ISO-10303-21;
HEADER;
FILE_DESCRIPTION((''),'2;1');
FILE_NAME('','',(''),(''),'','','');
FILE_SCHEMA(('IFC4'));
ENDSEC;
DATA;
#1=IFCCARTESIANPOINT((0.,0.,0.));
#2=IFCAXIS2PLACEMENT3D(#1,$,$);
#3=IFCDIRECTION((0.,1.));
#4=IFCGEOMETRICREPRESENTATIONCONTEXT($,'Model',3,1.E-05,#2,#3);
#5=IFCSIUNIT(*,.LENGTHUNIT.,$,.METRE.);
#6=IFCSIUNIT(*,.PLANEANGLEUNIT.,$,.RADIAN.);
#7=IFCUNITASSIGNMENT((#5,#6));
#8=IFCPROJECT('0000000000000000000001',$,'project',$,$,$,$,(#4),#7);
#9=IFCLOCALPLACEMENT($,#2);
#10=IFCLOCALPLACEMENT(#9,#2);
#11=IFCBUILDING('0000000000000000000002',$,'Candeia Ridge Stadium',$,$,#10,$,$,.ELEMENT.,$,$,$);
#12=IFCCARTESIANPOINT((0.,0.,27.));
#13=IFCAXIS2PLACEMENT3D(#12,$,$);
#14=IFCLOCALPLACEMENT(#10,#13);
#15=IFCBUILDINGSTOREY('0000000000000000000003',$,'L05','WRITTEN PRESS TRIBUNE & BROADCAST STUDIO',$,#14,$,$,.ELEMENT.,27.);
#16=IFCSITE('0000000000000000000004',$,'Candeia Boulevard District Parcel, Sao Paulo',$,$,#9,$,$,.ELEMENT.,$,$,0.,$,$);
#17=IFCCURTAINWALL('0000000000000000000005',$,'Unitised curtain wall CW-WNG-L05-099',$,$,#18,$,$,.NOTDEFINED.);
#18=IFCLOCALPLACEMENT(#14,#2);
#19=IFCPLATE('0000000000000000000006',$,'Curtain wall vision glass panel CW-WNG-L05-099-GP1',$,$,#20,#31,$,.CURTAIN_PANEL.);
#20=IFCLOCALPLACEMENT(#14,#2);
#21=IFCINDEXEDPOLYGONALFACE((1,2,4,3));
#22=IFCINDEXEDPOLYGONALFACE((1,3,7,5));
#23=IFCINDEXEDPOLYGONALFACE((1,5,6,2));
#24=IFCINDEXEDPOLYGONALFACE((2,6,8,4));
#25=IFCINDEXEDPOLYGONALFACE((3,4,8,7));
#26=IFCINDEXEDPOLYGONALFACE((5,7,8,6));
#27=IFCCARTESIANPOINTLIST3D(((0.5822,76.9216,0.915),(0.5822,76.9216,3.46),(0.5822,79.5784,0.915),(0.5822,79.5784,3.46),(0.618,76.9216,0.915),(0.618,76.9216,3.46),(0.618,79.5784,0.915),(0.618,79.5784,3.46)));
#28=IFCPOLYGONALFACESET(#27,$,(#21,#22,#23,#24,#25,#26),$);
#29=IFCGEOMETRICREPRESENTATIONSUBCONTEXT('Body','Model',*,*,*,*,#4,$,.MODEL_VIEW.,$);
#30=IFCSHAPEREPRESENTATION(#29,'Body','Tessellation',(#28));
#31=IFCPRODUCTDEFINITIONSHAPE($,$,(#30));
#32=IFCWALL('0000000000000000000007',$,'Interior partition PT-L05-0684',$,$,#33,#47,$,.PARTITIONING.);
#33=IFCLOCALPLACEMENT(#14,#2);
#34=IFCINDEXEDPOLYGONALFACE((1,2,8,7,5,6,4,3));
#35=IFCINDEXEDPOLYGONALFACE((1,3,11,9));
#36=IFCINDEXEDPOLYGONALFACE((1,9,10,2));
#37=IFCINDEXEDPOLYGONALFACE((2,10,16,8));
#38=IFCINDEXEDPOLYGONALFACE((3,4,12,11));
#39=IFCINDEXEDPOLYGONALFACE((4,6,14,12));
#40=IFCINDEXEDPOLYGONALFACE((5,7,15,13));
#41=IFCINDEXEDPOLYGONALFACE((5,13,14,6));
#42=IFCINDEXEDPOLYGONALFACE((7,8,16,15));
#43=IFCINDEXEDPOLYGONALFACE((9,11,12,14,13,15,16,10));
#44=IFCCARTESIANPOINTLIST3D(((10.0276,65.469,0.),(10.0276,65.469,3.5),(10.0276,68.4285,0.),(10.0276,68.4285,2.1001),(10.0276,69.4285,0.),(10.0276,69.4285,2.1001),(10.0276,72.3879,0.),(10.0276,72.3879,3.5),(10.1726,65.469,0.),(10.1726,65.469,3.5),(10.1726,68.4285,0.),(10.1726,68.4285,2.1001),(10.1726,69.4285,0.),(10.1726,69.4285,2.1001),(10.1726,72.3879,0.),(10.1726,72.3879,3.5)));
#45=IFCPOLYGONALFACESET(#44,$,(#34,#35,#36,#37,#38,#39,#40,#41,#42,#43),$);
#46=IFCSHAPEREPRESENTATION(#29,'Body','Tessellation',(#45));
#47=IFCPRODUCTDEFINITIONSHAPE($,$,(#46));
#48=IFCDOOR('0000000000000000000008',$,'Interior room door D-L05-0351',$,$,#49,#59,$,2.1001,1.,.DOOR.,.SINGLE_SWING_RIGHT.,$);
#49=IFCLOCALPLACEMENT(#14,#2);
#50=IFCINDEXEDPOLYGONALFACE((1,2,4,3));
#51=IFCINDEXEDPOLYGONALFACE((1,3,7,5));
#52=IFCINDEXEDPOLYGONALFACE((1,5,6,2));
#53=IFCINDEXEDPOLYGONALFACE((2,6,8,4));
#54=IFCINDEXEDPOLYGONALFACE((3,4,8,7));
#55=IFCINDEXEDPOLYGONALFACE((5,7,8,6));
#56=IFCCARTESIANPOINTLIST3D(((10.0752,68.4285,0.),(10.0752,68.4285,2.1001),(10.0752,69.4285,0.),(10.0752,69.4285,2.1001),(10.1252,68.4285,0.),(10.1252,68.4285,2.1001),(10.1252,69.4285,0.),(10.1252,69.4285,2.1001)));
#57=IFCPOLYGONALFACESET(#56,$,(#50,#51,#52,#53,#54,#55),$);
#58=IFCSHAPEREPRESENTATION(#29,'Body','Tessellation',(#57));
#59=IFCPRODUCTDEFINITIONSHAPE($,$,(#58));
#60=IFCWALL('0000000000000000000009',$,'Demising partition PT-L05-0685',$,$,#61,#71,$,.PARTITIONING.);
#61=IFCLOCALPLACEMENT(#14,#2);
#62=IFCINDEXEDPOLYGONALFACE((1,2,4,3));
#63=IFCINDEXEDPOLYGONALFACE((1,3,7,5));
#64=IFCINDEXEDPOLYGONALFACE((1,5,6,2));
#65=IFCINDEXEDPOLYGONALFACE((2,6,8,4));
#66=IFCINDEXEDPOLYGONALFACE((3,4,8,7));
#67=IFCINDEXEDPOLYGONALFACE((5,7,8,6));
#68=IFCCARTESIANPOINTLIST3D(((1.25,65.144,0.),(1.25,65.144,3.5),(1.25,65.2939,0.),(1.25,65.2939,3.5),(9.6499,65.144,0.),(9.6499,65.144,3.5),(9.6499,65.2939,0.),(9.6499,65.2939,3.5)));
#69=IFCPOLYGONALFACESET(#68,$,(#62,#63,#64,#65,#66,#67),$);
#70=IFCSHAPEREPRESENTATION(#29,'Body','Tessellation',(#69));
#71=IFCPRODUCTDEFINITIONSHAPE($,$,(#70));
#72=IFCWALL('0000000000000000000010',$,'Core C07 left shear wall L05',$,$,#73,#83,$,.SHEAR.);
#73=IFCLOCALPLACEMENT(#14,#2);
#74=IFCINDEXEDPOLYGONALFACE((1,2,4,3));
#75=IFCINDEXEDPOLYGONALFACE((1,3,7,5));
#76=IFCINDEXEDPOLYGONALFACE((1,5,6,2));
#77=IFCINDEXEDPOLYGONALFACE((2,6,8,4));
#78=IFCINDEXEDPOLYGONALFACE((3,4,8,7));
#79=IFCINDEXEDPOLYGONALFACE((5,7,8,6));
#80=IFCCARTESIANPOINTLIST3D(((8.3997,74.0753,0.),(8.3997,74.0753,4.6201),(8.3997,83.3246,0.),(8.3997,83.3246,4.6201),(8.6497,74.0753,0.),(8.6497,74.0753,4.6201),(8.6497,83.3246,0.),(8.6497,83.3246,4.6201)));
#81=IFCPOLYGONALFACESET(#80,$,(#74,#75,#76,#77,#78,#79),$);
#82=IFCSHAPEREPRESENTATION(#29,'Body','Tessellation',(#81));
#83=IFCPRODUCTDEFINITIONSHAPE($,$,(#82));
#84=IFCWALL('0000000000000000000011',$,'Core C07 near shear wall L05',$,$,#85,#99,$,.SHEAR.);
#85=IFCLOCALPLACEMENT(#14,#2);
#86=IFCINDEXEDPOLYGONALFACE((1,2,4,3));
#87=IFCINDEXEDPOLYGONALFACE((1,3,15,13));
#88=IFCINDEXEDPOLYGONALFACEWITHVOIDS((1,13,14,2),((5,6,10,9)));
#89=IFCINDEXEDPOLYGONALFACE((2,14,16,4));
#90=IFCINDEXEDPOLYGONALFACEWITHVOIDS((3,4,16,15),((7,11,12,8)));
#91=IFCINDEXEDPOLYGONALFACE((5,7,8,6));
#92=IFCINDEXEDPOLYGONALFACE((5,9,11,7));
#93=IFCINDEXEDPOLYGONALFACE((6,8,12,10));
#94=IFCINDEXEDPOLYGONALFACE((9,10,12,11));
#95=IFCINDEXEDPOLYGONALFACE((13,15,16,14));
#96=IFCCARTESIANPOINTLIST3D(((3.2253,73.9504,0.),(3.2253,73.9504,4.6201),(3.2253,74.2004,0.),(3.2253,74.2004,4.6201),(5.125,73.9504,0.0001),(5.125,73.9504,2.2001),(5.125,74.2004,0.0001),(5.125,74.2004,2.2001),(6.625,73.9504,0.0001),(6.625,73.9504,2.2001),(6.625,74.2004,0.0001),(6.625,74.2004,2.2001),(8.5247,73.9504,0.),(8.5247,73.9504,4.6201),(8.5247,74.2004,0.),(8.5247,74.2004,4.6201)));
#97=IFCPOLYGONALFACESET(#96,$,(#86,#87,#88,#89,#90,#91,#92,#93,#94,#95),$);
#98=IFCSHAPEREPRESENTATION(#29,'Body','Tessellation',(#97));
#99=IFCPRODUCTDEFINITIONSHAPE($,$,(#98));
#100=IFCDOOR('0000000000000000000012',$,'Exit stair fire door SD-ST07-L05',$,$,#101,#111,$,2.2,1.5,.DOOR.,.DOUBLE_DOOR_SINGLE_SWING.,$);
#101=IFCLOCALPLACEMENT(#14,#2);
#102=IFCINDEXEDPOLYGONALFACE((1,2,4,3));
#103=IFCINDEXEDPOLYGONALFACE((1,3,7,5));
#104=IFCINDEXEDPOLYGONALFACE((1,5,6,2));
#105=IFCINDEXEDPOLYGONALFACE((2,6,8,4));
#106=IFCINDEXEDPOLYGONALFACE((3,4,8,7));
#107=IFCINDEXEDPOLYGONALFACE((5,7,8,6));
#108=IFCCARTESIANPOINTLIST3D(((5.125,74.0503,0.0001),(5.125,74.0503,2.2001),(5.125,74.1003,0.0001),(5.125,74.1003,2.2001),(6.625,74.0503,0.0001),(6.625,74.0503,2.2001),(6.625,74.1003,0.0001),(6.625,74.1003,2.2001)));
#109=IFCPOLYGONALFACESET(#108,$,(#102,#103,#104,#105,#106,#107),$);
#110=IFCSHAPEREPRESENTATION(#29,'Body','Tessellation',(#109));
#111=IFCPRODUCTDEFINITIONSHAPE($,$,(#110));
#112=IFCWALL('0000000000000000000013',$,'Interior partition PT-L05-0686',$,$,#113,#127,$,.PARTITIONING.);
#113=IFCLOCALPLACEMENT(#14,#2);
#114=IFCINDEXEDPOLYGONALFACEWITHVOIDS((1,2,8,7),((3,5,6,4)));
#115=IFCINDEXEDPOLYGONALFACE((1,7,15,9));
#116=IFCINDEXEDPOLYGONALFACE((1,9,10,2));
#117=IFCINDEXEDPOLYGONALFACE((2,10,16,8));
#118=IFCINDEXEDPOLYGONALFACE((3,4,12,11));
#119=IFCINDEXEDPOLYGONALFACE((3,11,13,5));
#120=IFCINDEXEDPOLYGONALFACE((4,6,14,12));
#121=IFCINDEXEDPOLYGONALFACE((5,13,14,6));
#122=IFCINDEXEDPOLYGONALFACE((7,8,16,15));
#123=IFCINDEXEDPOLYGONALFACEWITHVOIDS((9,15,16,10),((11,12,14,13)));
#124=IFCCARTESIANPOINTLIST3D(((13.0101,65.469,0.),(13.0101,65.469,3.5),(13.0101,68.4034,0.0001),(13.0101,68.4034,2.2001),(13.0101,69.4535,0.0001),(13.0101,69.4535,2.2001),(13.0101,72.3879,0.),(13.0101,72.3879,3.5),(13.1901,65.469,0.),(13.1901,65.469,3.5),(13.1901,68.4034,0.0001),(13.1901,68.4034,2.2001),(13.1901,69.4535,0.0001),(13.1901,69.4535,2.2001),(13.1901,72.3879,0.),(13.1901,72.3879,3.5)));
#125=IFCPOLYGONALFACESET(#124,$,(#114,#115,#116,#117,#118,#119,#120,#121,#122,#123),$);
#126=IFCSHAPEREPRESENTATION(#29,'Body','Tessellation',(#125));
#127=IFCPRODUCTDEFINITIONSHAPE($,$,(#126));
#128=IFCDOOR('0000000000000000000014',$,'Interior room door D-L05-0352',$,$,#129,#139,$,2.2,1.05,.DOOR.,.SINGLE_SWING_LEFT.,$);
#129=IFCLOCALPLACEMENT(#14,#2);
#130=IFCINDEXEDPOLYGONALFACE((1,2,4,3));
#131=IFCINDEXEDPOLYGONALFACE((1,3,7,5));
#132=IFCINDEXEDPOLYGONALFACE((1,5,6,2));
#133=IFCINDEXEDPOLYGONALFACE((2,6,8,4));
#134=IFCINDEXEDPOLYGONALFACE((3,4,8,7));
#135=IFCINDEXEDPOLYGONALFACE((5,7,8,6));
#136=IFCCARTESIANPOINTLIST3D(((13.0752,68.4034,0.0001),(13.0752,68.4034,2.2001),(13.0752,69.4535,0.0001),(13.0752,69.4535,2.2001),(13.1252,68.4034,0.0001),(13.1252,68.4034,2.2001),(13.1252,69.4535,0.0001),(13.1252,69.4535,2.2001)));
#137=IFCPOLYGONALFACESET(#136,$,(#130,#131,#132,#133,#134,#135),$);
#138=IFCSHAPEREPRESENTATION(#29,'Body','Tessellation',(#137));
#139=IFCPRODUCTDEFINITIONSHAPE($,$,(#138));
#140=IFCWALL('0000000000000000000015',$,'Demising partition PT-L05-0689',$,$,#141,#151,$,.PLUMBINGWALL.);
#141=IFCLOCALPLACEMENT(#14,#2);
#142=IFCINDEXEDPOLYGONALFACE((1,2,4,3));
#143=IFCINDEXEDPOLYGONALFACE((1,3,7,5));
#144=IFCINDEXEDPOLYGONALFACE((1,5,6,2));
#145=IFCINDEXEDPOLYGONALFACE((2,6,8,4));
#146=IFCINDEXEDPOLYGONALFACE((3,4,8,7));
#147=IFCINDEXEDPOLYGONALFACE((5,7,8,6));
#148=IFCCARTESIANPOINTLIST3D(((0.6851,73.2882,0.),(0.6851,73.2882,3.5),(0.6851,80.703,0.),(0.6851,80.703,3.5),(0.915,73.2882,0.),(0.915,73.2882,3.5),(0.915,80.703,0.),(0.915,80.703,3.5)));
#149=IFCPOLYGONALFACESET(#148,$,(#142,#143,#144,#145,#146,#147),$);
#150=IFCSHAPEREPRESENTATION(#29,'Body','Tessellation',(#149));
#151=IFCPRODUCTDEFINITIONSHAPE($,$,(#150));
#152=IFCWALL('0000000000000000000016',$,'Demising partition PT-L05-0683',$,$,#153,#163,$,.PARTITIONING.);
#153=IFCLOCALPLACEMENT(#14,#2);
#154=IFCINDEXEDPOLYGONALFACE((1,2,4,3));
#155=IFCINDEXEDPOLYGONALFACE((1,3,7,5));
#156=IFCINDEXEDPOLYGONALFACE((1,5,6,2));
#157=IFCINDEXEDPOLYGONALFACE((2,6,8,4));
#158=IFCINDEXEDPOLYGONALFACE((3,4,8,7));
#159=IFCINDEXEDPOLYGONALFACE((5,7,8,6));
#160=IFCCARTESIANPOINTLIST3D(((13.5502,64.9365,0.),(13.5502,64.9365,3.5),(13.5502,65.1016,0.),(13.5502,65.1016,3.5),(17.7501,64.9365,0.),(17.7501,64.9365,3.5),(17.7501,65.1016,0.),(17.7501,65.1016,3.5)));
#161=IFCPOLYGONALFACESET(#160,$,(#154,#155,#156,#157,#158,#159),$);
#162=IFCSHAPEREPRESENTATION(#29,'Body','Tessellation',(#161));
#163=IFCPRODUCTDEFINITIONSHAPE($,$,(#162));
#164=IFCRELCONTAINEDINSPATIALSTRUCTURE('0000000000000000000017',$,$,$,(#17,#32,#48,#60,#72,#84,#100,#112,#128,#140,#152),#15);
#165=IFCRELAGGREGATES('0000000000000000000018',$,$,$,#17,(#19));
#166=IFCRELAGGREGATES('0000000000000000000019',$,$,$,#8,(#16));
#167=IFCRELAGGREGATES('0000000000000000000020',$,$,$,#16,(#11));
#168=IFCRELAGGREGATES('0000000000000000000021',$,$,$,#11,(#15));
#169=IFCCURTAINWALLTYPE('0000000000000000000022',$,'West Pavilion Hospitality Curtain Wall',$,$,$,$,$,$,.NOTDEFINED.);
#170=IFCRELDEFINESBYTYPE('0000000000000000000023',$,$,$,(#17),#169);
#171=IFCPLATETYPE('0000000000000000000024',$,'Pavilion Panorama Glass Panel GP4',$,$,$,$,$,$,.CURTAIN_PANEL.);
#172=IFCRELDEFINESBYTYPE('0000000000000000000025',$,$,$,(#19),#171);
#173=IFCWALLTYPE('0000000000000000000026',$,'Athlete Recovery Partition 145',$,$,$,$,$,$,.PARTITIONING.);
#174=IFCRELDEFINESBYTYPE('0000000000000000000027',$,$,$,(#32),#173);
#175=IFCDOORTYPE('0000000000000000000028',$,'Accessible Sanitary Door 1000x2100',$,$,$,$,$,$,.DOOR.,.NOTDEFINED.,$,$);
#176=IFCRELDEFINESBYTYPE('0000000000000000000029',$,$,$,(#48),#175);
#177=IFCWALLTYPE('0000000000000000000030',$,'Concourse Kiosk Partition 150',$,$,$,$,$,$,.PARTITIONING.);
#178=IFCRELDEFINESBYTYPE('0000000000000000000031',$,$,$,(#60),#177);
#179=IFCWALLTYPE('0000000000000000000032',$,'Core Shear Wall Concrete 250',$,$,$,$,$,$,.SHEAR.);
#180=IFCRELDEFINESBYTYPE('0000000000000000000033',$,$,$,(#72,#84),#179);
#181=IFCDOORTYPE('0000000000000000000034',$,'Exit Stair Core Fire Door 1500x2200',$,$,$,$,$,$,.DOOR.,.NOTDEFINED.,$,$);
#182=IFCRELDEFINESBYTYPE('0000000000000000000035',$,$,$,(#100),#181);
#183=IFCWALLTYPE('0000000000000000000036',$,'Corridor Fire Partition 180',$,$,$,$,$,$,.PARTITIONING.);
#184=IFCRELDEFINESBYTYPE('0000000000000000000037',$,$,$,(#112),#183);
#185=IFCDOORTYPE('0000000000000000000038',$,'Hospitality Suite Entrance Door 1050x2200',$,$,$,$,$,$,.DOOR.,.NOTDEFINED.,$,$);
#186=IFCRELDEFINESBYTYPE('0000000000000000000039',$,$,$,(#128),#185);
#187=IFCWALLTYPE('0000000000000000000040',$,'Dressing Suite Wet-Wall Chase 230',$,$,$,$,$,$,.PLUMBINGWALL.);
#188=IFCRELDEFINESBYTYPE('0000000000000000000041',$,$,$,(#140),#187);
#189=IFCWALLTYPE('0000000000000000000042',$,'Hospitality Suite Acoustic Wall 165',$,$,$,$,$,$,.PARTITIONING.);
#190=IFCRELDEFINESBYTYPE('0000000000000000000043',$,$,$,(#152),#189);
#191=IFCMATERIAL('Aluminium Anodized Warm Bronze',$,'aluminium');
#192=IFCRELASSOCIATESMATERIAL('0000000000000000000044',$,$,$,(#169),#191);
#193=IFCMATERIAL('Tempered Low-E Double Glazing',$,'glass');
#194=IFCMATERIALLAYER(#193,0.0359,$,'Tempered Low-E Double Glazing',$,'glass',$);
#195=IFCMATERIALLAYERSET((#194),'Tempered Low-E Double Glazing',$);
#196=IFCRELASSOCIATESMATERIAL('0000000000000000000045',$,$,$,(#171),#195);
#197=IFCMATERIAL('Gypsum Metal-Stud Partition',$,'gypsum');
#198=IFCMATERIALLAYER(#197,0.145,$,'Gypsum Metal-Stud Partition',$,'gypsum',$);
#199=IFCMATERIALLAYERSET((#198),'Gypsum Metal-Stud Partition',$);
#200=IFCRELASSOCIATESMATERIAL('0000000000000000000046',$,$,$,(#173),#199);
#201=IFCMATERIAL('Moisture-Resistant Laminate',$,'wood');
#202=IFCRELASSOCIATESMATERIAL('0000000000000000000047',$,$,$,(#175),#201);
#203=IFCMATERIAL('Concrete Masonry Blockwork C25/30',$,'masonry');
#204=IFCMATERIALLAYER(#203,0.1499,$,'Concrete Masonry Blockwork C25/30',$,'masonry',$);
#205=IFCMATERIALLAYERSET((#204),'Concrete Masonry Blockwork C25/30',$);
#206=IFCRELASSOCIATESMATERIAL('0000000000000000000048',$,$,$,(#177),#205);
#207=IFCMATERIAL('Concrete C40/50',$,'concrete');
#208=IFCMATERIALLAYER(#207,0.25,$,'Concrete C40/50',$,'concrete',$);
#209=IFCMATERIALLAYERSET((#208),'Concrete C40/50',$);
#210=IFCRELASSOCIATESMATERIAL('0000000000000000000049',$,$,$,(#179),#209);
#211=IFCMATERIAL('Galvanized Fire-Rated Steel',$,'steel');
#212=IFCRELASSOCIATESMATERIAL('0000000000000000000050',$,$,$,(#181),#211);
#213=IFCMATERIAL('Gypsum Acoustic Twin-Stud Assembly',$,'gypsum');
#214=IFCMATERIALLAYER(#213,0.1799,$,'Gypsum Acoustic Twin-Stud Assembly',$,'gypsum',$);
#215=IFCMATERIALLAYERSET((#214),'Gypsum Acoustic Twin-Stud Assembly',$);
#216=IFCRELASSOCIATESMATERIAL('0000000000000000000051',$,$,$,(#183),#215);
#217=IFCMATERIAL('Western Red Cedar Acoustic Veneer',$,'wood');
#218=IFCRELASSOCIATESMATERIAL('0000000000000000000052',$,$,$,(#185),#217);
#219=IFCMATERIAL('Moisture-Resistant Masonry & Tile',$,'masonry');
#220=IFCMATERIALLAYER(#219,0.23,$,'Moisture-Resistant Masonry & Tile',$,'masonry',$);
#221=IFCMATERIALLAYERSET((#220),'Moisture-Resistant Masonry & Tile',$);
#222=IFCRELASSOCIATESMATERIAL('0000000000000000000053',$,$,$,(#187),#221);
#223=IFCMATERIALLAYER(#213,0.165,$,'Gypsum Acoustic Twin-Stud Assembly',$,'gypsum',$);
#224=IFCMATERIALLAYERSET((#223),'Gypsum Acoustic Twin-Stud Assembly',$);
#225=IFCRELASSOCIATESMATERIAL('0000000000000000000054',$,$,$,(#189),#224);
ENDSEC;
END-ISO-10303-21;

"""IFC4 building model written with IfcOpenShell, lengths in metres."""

from ifc_helpers import new_model, si_unit, direction, frame, frame_2d, origin, origin_2d, place, context, subcontext, project, spatial, rectangle, extrude, material, layer, layer_set, type_object, element, fill, aggregate, save


model = new_model("IFC4")

# Units and contexts
model_context = context("Model", 3, precision=1e-05, world=origin(), true_north=direction((0.0, 1.0)))
body_context = subcontext(model_context, "Body", "Model", "MODEL_VIEW")
ifc_project = project(units=[si_unit("LENGTHUNIT", "METRE"), si_unit("PLANEANGLEUNIT", "RADIAN")], contexts=[model_context])

# Site, building, storey
site_placement = place(None, origin())
site = spatial("IfcSite", under=ifc_project, at=site_placement, Name="Candeia Boulevard District Parcel, Sao Paulo", CompositionType="ELEMENT", RefElevation=0.0)
building_placement = place(site_placement, origin())
building = spatial("IfcBuilding", under=site, at=building_placement, Name="Candeia Ridge Stadium", CompositionType="ELEMENT")
storey_placement = place(building_placement, frame((0.0, 0.0, 27.0)))
storey = spatial("IfcBuildingStorey", under=building, at=storey_placement, Name="L05", Description="WRITTEN PRESS TRIBUNE & BROADCAST STUDIO", CompositionType="ELEMENT", Elevation=27.0)

# Shared definitions
ifc_material_1 = material(Name="Concrete C40/50", Category="concrete")

# Curtain wall
ifc_material_2 = material(Name="Aluminium Anodized Warm Bronze", Category="aluminium")
curtain_wall_type = type_object("IfcCurtainWallType", Name="West Pavilion Hospitality Curtain Wall", PredefinedType="NOTDEFINED", material=ifc_material_2)
curtain_wall_placement = place(storey_placement, origin())
curtain_wall = element("IfcCurtainWall", 1, at=curtain_wall_placement, inside=storey, type_object=curtain_wall_type, Name="Unitised curtain wall CW-WNG-L05-099", PredefinedType="NOTDEFINED")

# Plate
ifc_material_3 = material(Name="Tempered Low-E Double Glazing", Category="glass")
ifc_layer_1 = layer(ifc_material_3, 0.0359, Name="Tempered Low-E Double Glazing", Category="glass")
ifc_layer_set_1 = layer_set([ifc_layer_1], Name="Tempered Low-E Double Glazing")
plate_type_1 = type_object("IfcPlateType", Name="Pavilion Panorama Glass Panel GP4", PredefinedType="CURTAIN_PANEL", material=ifc_layer_set_1)
plate_1_placement = place(storey_placement, frame((0.6001, 78.25, 0.915), z_axis=(0.0, 0.0, 1.0), x_axis=(0.0, 1.0, 0.0)))
plate_1 = element("IfcPlate", 2, at=plate_1_placement, type_object=plate_type_1, Name="Curtain wall vision glass panel CW-WNG-L05-099-GP1", PredefinedType="CURTAIN_PANEL", context=body_context, shape_type="SweptSolid", body=[
    extrude(rectangle(XDim=2.6567, YDim=0.0359, at=origin_2d()), origin(), (0.0, 0.0, 1.0), 2.5449),
])
aggregate(curtain_wall, [plate_1])

# Wall, opening, door
ifc_material_4 = material(Name="Gypsum Metal-Stud Partition", Category="gypsum")
ifc_layer_2 = layer(ifc_material_4, 0.145, Name="Gypsum Metal-Stud Partition", Category="gypsum")
ifc_layer_set_2 = layer_set([ifc_layer_2], Name="Gypsum Metal-Stud Partition")
wall_type_1 = type_object("IfcWallType", Name="Athlete Recovery Partition 145", PredefinedType="PARTITIONING", material=ifc_layer_set_2)
wall_1_placement = place(storey_placement, frame((10.1001, 72.3879, 0.0), z_axis=(0.0, 0.0, 1.0), x_axis=(0.0, -1.0, 0.0)))
wall_1 = element("IfcWall", 3, at=wall_1_placement, inside=storey, type_object=wall_type_1, Name="Interior partition PT-L05-0684", PredefinedType="PARTITIONING", context=body_context, shape_type="SweptSolid", body=[
    extrude(rectangle(XDim=6.9189, YDim=0.145, at=frame_2d((3.4595, 0.0))), origin(), (0.0, 0.0, 1.0), 3.5),
])
opening_1_placement = place(wall_1_placement, frame((2.9595, 0.0, 0.0)))
opening_1 = element("IfcOpeningElement", 4, at=opening_1_placement, cuts=wall_1, PredefinedType="OPENING", context=body_context, shape_type="SweptSolid", body=[
    extrude(rectangle(XDim=1.0, YDim=2.1001, at=frame_2d((0.5, 1.05))), frame((0.0, 0.0825, 0.0), z_axis=(0.0, -1.0, 0.0), x_axis=(1.0, 0.0, 0.0)), (0.0, 0.0, 1.0), 0.165),
])
ifc_material_5 = material(Name="Moisture-Resistant Laminate", Category="wood")
door_type_1 = type_object("IfcDoorType", Name="Accessible Sanitary Door 1000x2100", OperationType="NOTDEFINED", PredefinedType="DOOR", material=ifc_material_5)
door_1_placement = place(opening_1_placement, frame((1.0, 0.0, 0.0), z_axis=(0.0, 0.0, 1.0), x_axis=(-1.0, 0.0, 0.0)))
door_1 = element("IfcDoor", 5, at=door_1_placement, inside=storey, type_object=door_type_1, Name="Interior room door D-L05-0351", OperationType="SINGLE_SWING_RIGHT", OverallHeight=2.1001, OverallWidth=1.0, PredefinedType="DOOR", context=body_context, shape_type="SweptSolid", body=[
    extrude(rectangle(XDim=1.0, YDim=2.1001, at=frame_2d((0.5, 1.05))), frame((0.0, 0.0249, 0.0), z_axis=(0.0, -1.0, 0.0), x_axis=(1.0, 0.0, 0.0)), (0.0, 0.0, 1.0), 0.05),
])
fill(opening_1, door_1)

# Walls
ifc_material_6 = material(Name="Concrete Masonry Blockwork C25/30", Category="masonry")
ifc_layer_3 = layer(ifc_material_6, 0.1499, Name="Concrete Masonry Blockwork C25/30", Category="masonry")
ifc_layer_set_3 = layer_set([ifc_layer_3], Name="Concrete Masonry Blockwork C25/30")
wall_type_2 = type_object("IfcWallType", Name="Concourse Kiosk Partition 150", PredefinedType="PARTITIONING", material=ifc_layer_set_3)
wall_2_placement = place(storey_placement, frame((9.6499, 65.219, 0.0), z_axis=(0.0, 0.0, 1.0), x_axis=(-1.0, 0.0, 0.0)))
element("IfcWall", 6, at=wall_2_placement, inside=storey, type_object=wall_type_2, Name="Demising partition PT-L05-0685", PredefinedType="PARTITIONING", context=body_context, shape_type="SweptSolid", body=[
    extrude(rectangle(XDim=8.3999, YDim=0.1499, at=frame_2d((4.2, 0.0))), origin(), (0.0, 0.0, 1.0), 3.5),
])
ifc_layer_4 = layer(ifc_material_1, 0.25, Name="Concrete C40/50", Category="concrete")
ifc_layer_set_4 = layer_set([ifc_layer_4], Name="Concrete C40/50")
wall_type_3 = type_object("IfcWallType", Name="Core Shear Wall Concrete 250", PredefinedType="SHEAR", material=ifc_layer_set_4)
wall_3_placement = place(storey_placement, frame((8.5247, 74.0754, 0.0), z_axis=(0.0, 0.0, 1.0), x_axis=(0.0, 1.0, 0.0)))
element("IfcWall", 7, at=wall_3_placement, inside=storey, type_object=wall_type_3, Name="Core C07 left shear wall L05", PredefinedType="SHEAR", context=body_context, shape_type="SweptSolid", body=[
    extrude(rectangle(XDim=9.2493, YDim=0.25, at=frame_2d((4.6245, 0.0))), origin(), (0.0, 0.0, 1.0), 4.6201),
])

# Walls, openings, doors
wall_4_placement = place(storey_placement, frame((3.2253, 74.0754, 0.0), z_axis=(0.0, 0.0, 1.0), x_axis=(1.0, 0.0, 0.0)))
wall_4 = element("IfcWall", 8, at=wall_4_placement, inside=storey, type_object=wall_type_3, Name="Core C07 near shear wall L05", PredefinedType="SHEAR", context=body_context, shape_type="SweptSolid", body=[
    extrude(rectangle(XDim=5.2993, YDim=0.25, at=frame_2d((2.6497, 0.0))), origin(), (0.0, 0.0, 1.0), 4.6201),
])
opening_2_placement = place(wall_4_placement, frame((1.8997, 0.0, 0.0)))
opening_2 = element("IfcOpeningElement", 9, at=opening_2_placement, cuts=wall_4, PredefinedType="OPENING", context=body_context, shape_type="SweptSolid", body=[
    extrude(rectangle(XDim=1.5, YDim=2.2, at=frame_2d((0.75, 1.1001))), frame((0.0, 0.135, 0.0), z_axis=(0.0, -1.0, 0.0), x_axis=(1.0, 0.0, 0.0)), (0.0, 0.0, 1.0), 0.27),
])
ifc_material_7 = material(Name="Galvanized Fire-Rated Steel", Category="steel")
door_type_2 = type_object("IfcDoorType", Name="Exit Stair Core Fire Door 1500x2200", OperationType="NOTDEFINED", PredefinedType="DOOR", material=ifc_material_7)
door_2_placement = place(opening_2_placement, origin())
door_2 = element("IfcDoor", 10, at=door_2_placement, inside=storey, type_object=door_type_2, Name="Exit stair fire door SD-ST07-L05", OperationType="DOUBLE_DOOR_SINGLE_SWING", OverallHeight=2.2, OverallWidth=1.5, PredefinedType="DOOR", context=body_context, shape_type="SweptSolid", body=[
    extrude(rectangle(XDim=1.5, YDim=2.2, at=frame_2d((0.75, 1.1001))), frame((0.0, 0.0249, 0.0), z_axis=(0.0, -1.0, 0.0), x_axis=(1.0, 0.0, 0.0)), (0.0, 0.0, 1.0), 0.05),
])
fill(opening_2, door_2)
ifc_material_8 = material(Name="Gypsum Acoustic Twin-Stud Assembly", Category="gypsum")
ifc_layer_5 = layer(ifc_material_8, 0.1799, Name="Gypsum Acoustic Twin-Stud Assembly", Category="gypsum")
ifc_layer_set_5 = layer_set([ifc_layer_5], Name="Gypsum Acoustic Twin-Stud Assembly")
wall_type_4 = type_object("IfcWallType", Name="Corridor Fire Partition 180", PredefinedType="PARTITIONING", material=ifc_layer_set_5)
wall_5_placement = place(storey_placement, frame((13.1001, 65.469, 0.0), z_axis=(0.0, 0.0, 1.0), x_axis=(0.0, 1.0, 0.0)))
wall_5 = element("IfcWall", 11, at=wall_5_placement, inside=storey, type_object=wall_type_4, Name="Interior partition PT-L05-0686", PredefinedType="PARTITIONING", context=body_context, shape_type="SweptSolid", body=[
    extrude(rectangle(XDim=6.9189, YDim=0.1799, at=frame_2d((3.4595, 0.0))), origin(), (0.0, 0.0, 1.0), 3.5),
])
opening_3_placement = place(wall_5_placement, frame((2.9346, 0.0, 0.0)))
opening_3 = element("IfcOpeningElement", 12, at=opening_3_placement, cuts=wall_5, PredefinedType="OPENING", context=body_context, shape_type="SweptSolid", body=[
    extrude(rectangle(XDim=1.05, YDim=2.2, at=frame_2d((0.5249, 1.1001))), frame((0.0, 0.0999, 0.0), z_axis=(0.0, -1.0, 0.0), x_axis=(1.0, 0.0, 0.0)), (0.0, 0.0, 1.0), 0.2),
])
ifc_material_9 = material(Name="Western Red Cedar Acoustic Veneer", Category="wood")
door_type_3 = type_object("IfcDoorType", Name="Hospitality Suite Entrance Door 1050x2200", OperationType="NOTDEFINED", PredefinedType="DOOR", material=ifc_material_9)
door_3_placement = place(opening_3_placement, origin())
door_3 = element("IfcDoor", 13, at=door_3_placement, inside=storey, type_object=door_type_3, Name="Interior room door D-L05-0352", OperationType="SINGLE_SWING_LEFT", OverallHeight=2.2, OverallWidth=1.05, PredefinedType="DOOR", context=body_context, shape_type="SweptSolid", body=[
    extrude(rectangle(XDim=1.05, YDim=2.2, at=frame_2d((0.5249, 1.1001))), frame((0.0, 0.0249, 0.0), z_axis=(0.0, -1.0, 0.0), x_axis=(1.0, 0.0, 0.0)), (0.0, 0.0, 1.0), 0.05),
])
fill(opening_3, door_3)

# Walls
ifc_material_10 = material(Name="Moisture-Resistant Masonry & Tile", Category="masonry")
ifc_layer_6 = layer(ifc_material_10, 0.23, Name="Moisture-Resistant Masonry & Tile", Category="masonry")
ifc_layer_set_6 = layer_set([ifc_layer_6], Name="Moisture-Resistant Masonry & Tile")
wall_type_5 = type_object("IfcWallType", Name="Dressing Suite Wet-Wall Chase 230", PredefinedType="PLUMBINGWALL", material=ifc_layer_set_6)
wall_6_placement = place(storey_placement, frame((0.8, 73.2881, 0.0), z_axis=(0.0, 0.0, 1.0), x_axis=(0.0, 1.0, 0.0)))
element("IfcWall", 14, at=wall_6_placement, inside=storey, type_object=wall_type_5, Name="Demising partition PT-L05-0689", PredefinedType="PLUMBINGWALL", context=body_context, shape_type="SweptSolid", body=[
    extrude(rectangle(XDim=7.4148, YDim=0.23, at=frame_2d((3.7075, 0.0))), origin(), (0.0, 0.0, 1.0), 3.5),
])
ifc_layer_7 = layer(ifc_material_8, 0.165, Name="Gypsum Acoustic Twin-Stud Assembly", Category="gypsum")
ifc_layer_set_7 = layer_set([ifc_layer_7], Name="Gypsum Acoustic Twin-Stud Assembly")
wall_type_6 = type_object("IfcWallType", Name="Hospitality Suite Acoustic Wall 165", PredefinedType="PARTITIONING", material=ifc_layer_set_7)
wall_7_placement = place(storey_placement, frame((13.55, 65.019, 0.0), z_axis=(0.0, 0.0, 1.0), x_axis=(1.0, 0.0, 0.0)))
element("IfcWall", 15, at=wall_7_placement, inside=storey, type_object=wall_type_6, Name="Demising partition PT-L05-0683", PredefinedType="PARTITIONING", context=body_context, shape_type="SweptSolid", body=[
    extrude(rectangle(XDim=4.2, YDim=0.165, at=frame_2d((2.1001, 0.0))), origin(), (0.0, 0.0, 1.0), 3.5),
])

save(model, "model.ifc")
